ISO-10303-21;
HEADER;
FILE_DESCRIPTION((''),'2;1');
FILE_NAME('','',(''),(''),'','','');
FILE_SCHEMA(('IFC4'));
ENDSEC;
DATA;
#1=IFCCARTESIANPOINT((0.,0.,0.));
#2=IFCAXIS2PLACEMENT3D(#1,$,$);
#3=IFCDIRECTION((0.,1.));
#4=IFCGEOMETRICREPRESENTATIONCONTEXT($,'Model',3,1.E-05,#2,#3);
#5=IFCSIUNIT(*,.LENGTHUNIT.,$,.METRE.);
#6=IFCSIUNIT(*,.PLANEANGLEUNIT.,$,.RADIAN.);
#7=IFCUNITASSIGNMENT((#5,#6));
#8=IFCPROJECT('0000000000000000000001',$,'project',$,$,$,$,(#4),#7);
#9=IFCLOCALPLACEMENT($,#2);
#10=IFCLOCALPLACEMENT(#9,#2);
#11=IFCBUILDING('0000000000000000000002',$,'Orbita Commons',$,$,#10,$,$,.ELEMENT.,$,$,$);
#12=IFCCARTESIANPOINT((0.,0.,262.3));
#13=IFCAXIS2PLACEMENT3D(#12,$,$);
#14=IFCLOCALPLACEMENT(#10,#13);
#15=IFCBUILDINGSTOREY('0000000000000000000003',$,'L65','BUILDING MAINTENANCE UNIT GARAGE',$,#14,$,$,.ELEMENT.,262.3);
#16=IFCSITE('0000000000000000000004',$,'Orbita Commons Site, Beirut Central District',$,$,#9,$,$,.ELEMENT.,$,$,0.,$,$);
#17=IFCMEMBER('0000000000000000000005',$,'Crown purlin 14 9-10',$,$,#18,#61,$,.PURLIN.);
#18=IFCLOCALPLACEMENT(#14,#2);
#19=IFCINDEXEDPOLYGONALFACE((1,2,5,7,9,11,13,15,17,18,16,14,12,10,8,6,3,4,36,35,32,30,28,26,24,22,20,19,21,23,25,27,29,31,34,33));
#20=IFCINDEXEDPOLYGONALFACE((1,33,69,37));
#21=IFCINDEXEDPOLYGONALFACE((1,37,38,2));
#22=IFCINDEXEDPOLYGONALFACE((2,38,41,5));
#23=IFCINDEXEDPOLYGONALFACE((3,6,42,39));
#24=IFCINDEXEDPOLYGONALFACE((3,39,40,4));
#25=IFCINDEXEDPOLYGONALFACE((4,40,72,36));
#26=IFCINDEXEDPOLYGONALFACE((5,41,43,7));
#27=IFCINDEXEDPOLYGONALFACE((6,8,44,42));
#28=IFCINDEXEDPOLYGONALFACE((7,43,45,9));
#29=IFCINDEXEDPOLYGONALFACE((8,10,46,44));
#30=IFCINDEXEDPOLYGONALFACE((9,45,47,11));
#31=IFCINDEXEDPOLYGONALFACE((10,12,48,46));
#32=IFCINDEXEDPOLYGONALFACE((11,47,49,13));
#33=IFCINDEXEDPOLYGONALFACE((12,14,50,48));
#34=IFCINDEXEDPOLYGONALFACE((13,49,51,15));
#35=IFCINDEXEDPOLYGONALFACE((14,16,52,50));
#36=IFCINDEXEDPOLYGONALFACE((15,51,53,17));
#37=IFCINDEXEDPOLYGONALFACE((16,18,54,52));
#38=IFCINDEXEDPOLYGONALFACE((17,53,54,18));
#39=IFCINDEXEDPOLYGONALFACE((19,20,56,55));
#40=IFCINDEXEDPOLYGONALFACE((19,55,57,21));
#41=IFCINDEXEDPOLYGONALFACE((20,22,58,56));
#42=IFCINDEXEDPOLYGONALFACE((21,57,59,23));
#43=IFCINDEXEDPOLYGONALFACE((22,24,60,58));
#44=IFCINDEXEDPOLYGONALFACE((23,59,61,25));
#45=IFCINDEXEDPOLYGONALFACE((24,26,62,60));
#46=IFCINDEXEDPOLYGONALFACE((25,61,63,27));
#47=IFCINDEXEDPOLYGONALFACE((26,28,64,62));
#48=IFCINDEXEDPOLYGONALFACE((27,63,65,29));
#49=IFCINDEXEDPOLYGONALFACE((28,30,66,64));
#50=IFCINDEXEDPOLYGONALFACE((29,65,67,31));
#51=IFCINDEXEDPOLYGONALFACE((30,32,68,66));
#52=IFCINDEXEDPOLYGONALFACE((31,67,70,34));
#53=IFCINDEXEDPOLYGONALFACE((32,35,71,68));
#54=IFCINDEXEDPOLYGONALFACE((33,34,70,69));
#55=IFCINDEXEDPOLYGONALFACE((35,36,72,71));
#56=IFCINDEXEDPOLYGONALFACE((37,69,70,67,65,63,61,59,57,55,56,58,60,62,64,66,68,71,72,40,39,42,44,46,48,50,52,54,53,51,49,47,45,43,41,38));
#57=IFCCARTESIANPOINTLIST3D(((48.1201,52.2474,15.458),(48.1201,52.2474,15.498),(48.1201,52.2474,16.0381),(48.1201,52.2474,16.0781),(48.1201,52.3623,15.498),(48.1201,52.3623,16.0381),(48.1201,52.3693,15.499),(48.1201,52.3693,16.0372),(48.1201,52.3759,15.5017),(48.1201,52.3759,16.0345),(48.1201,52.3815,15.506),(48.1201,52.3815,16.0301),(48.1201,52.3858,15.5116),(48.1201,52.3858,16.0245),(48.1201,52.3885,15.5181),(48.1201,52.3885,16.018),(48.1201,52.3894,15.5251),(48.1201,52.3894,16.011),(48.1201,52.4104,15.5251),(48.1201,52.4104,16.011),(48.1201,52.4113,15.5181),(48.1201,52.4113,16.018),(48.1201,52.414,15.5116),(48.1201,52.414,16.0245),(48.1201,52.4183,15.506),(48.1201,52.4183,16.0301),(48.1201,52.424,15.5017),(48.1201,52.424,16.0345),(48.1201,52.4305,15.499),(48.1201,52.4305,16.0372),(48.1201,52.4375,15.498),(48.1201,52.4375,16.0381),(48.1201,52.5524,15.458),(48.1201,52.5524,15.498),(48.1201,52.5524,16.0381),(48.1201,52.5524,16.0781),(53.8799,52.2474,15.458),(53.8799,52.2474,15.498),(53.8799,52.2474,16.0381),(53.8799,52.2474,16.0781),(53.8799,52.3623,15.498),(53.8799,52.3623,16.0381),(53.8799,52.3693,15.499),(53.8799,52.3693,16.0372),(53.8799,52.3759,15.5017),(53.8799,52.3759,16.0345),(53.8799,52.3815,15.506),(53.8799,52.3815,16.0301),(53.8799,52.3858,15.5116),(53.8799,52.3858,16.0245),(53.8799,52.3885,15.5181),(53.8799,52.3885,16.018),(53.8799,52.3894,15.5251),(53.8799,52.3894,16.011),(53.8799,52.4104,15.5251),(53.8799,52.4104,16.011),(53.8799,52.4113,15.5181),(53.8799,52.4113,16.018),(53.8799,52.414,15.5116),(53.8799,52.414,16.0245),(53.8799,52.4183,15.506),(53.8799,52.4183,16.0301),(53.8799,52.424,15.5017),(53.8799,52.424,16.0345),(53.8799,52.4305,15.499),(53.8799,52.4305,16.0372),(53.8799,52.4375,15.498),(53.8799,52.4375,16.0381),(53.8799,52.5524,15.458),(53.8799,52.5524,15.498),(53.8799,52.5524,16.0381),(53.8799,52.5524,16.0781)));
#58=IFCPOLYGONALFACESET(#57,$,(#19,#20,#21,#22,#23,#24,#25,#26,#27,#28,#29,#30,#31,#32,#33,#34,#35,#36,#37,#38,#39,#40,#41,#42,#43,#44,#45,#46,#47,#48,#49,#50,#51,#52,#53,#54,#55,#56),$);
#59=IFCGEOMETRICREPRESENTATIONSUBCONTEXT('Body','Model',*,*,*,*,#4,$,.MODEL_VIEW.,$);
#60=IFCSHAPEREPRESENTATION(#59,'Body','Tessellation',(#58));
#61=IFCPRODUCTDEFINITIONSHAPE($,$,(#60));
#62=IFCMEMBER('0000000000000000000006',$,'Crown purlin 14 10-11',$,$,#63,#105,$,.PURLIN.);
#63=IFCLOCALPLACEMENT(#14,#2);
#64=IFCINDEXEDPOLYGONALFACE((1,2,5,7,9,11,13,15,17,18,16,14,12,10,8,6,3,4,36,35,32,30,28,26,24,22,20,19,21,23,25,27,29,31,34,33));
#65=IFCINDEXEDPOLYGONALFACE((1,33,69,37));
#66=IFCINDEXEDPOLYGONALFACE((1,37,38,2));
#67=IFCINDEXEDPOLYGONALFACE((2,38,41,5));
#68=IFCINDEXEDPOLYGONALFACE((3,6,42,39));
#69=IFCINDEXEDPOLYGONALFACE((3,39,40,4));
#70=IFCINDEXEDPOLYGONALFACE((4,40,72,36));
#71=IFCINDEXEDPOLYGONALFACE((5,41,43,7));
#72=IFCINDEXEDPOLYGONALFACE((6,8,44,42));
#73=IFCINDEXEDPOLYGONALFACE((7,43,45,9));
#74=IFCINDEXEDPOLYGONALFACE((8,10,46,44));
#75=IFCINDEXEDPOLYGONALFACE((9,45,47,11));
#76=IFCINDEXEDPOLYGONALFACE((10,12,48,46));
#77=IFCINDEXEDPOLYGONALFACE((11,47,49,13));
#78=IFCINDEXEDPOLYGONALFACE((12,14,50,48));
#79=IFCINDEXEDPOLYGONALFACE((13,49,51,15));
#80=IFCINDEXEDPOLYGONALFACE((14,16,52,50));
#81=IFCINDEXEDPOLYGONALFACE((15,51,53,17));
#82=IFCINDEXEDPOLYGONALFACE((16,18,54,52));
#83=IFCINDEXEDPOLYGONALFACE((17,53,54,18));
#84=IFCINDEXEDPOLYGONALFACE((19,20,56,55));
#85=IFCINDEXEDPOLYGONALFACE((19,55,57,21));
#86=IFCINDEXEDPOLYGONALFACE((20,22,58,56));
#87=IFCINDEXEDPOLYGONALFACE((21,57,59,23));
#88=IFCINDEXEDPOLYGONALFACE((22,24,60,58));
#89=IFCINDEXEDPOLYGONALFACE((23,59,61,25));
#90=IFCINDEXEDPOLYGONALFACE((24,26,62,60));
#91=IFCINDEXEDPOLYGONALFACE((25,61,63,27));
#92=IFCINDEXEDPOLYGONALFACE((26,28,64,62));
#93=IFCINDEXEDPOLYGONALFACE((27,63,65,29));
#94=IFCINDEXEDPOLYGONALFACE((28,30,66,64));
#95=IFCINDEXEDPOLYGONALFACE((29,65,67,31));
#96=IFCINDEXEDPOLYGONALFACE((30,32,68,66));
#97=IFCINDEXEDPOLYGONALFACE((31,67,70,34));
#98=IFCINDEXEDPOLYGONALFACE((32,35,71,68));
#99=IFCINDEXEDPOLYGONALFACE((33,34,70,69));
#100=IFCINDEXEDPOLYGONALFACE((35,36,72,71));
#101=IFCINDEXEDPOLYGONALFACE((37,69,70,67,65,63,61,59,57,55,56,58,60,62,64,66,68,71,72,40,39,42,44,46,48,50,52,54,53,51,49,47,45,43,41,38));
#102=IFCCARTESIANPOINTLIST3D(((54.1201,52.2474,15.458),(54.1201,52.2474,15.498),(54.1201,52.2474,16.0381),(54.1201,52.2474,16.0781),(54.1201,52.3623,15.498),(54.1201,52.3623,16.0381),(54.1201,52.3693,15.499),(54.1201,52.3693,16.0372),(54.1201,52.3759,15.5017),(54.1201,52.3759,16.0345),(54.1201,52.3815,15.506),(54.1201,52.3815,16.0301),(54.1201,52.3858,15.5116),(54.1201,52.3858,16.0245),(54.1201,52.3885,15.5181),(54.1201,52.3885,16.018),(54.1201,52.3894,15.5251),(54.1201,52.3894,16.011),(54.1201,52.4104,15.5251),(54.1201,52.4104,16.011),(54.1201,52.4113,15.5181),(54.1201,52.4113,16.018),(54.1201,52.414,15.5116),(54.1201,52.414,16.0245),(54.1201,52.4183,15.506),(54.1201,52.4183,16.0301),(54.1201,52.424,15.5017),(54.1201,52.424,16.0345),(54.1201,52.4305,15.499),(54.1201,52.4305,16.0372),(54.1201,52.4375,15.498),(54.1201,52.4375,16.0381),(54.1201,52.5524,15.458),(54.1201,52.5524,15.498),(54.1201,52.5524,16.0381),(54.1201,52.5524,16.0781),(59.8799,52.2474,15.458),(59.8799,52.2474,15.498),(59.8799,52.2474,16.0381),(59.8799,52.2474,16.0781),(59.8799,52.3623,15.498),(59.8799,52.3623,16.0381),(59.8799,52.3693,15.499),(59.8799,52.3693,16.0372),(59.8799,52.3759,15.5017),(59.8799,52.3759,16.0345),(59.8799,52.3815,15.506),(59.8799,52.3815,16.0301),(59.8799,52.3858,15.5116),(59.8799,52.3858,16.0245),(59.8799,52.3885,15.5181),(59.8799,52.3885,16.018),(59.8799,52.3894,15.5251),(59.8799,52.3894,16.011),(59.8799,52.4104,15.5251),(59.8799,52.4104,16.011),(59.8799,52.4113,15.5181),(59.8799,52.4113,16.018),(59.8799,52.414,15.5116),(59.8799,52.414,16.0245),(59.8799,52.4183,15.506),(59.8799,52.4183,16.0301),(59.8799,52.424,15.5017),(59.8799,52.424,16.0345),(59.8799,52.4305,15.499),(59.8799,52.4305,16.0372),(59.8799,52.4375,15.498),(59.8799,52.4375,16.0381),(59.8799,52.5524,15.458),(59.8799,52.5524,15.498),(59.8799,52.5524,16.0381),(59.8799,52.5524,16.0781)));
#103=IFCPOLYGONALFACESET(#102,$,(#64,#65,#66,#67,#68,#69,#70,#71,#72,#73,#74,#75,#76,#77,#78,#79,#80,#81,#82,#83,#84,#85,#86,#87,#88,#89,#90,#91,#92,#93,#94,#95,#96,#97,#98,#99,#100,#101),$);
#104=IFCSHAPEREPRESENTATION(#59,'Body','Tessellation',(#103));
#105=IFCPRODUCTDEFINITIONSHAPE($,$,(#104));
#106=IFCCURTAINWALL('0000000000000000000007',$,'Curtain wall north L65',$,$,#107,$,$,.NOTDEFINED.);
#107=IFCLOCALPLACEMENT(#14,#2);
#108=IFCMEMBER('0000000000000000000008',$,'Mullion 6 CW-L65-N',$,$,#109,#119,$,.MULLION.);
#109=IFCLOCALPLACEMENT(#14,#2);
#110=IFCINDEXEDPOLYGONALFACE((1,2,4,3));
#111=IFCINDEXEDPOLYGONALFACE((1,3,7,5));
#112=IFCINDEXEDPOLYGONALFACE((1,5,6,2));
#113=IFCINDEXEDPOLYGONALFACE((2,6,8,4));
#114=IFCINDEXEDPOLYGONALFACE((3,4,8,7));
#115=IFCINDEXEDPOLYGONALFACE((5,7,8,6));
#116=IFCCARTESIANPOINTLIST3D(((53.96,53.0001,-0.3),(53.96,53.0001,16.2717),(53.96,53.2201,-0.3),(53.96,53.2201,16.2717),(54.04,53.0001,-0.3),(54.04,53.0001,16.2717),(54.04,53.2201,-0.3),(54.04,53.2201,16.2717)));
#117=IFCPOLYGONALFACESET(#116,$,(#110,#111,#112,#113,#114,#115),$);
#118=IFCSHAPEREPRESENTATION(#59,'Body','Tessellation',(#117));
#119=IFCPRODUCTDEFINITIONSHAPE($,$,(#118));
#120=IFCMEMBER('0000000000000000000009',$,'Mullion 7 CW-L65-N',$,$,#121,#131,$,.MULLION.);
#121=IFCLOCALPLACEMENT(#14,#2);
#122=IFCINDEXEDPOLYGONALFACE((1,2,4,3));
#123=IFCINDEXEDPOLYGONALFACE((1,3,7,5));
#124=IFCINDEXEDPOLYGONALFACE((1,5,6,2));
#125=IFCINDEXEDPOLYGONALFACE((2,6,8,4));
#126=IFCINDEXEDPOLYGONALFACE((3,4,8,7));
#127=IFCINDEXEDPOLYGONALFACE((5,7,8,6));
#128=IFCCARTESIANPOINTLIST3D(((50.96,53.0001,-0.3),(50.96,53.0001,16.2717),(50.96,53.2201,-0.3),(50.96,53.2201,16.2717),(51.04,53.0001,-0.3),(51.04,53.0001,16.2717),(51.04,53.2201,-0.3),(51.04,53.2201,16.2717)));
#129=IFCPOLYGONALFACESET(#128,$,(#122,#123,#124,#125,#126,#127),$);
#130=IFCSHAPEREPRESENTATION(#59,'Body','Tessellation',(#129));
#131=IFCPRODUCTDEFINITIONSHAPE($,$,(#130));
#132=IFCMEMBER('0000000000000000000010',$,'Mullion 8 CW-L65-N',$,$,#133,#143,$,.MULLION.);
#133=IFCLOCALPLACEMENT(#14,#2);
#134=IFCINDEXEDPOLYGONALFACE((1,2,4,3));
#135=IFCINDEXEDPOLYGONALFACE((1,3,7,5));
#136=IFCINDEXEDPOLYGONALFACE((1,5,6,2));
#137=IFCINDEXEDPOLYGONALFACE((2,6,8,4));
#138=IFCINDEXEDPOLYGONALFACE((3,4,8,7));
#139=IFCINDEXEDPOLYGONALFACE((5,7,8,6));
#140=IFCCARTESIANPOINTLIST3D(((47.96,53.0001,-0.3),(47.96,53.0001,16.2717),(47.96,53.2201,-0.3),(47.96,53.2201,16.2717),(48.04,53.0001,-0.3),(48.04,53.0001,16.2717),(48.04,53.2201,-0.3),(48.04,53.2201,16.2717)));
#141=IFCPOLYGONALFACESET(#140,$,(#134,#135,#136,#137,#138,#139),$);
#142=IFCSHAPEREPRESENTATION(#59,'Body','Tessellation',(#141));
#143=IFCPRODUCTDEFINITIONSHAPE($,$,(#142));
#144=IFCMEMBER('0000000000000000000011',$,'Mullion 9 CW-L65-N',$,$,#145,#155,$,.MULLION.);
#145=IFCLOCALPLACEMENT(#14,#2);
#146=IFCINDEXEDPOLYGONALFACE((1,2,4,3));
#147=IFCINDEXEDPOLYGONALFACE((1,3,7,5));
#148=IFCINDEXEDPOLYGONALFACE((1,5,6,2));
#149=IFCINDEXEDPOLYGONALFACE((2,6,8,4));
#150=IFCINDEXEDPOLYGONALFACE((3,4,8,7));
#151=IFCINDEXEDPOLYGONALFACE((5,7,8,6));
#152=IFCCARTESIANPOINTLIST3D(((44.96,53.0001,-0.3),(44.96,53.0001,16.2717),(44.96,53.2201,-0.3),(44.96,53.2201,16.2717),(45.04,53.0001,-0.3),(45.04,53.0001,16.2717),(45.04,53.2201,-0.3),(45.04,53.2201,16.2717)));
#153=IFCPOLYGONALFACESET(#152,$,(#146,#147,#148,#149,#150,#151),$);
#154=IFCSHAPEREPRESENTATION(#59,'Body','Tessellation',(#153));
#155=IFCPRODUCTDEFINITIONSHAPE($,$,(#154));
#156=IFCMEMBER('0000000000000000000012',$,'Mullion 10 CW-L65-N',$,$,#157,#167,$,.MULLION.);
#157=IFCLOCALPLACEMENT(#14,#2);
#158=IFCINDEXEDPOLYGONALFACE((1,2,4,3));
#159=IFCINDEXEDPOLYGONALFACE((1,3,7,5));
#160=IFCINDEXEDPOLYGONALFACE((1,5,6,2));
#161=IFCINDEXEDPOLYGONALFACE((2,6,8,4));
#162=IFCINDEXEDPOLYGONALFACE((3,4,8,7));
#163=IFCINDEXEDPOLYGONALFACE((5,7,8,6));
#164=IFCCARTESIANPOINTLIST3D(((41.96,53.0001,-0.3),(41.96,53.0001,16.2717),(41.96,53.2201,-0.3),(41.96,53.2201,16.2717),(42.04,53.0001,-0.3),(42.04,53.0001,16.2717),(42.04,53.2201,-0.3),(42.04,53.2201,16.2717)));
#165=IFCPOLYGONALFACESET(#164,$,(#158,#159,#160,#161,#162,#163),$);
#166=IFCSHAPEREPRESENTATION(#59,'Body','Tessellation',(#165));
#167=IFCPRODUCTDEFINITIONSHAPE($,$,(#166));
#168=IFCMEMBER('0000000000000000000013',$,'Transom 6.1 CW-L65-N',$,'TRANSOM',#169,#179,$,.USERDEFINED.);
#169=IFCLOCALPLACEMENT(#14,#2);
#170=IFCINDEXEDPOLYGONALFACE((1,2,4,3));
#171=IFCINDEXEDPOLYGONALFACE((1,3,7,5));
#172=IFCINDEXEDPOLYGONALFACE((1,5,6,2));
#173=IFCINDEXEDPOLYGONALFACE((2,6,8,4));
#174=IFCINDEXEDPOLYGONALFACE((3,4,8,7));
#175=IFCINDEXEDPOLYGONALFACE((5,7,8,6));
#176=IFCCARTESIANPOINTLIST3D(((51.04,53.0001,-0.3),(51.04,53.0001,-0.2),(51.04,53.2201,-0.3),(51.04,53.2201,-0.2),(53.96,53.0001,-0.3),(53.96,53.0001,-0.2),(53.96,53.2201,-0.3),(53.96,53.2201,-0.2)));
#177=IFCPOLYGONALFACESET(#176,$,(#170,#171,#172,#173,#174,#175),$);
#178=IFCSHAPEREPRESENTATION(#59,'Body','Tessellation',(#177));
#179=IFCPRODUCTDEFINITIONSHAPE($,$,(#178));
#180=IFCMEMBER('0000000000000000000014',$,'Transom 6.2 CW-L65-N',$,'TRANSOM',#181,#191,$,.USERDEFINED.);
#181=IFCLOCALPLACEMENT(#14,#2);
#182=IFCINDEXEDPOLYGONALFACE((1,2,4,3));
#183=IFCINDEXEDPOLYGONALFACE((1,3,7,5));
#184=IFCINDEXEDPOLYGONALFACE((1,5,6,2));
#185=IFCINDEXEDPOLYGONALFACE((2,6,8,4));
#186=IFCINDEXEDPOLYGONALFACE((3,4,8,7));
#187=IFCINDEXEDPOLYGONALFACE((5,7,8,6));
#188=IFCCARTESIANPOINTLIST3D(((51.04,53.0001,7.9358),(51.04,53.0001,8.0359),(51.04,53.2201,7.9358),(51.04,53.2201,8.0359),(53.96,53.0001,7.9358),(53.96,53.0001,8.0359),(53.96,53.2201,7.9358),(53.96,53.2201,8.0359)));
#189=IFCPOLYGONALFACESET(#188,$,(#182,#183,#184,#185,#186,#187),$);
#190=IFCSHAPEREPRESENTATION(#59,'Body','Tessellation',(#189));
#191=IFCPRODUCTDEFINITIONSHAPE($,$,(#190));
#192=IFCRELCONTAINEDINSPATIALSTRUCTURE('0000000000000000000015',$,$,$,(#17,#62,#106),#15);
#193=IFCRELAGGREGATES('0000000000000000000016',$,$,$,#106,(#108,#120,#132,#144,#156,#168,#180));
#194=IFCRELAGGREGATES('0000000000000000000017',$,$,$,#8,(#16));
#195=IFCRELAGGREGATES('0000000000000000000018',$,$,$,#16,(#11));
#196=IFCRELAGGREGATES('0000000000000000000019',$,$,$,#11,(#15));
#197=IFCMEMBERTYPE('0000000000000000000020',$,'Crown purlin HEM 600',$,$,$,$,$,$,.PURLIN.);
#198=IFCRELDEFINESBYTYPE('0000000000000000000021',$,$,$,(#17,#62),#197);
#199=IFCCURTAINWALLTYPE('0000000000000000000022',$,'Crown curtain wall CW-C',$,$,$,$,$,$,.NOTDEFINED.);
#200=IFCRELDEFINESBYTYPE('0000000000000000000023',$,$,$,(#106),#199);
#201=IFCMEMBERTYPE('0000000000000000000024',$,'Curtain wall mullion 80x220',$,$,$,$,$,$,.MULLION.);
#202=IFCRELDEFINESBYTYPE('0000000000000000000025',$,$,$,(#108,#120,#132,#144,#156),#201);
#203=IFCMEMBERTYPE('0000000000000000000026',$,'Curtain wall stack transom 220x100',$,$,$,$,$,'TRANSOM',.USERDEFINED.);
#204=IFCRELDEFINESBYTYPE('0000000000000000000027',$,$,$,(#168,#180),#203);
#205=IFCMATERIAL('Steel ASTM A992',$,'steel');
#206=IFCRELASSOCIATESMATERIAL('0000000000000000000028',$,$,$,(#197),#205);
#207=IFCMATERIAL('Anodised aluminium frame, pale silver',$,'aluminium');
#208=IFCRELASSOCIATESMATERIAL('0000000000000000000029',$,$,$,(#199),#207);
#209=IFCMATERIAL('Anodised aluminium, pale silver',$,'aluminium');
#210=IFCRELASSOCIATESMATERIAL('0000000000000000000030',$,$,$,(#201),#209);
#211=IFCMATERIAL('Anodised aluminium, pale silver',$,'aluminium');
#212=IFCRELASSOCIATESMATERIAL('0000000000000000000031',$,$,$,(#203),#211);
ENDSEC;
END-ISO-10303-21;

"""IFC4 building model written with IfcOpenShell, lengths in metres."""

from ifc_helpers import new_model, si_unit, direction, frame, origin, origin_2d, place, context, subcontext, project, spatial, rectangle, i_section, extrude, material, material_profile, profile_set, type_object, element, aggregate, save


model = new_model("IFC4")

# Units and contexts
model_context = context("Model", 3, precision=1e-05, world=origin(), true_north=direction((0.0, 1.0)))
body_context = subcontext(model_context, "Body", "Model", "MODEL_VIEW")
ifc_project = project(units=[si_unit("LENGTHUNIT", "METRE"), si_unit("PLANEANGLEUNIT", "RADIAN")], contexts=[model_context])

# Site, building, storey
site_placement = place(None, origin())
site = spatial("IfcSite", under=ifc_project, at=site_placement, Name="Orbita Commons Site, Beirut Central District", CompositionType="ELEMENT", RefElevation=0.0)
building_placement = place(site_placement, origin())
building = spatial("IfcBuilding", under=site, at=building_placement, Name="Orbita Commons", CompositionType="ELEMENT")
storey_placement = place(building_placement, frame((0.0, 0.0, 262.3)))
storey = spatial("IfcBuildingStorey", under=building, at=storey_placement, Name="L65", Description="BUILDING MAINTENANCE UNIT GARAGE", CompositionType="ELEMENT", Elevation=262.3)

# Members
ifc_material_1 = material(Name="Steel ASTM A992", Category="steel")
ifc_material_profile_1 = material_profile(ifc_material_1, i_section(OverallWidth=0.3049, OverallDepth=0.6201, WebThickness=0.021, FlangeThickness=0.04, FilletRadius=0.0271, at=origin_2d()), Name="HEM 600")
ifc_profile_set_1 = profile_set([ifc_material_profile_1], Name="Steel ASTM A992")
member_type_1 = type_object("IfcMemberType", Name="Crown purlin HEM 600", PredefinedType="PURLIN", material=ifc_profile_set_1)
for number, where, z_axis, x_axis, name in (
    (1, (48.1201, 52.3999, 15.7681), (1.0, 0.0, 0.0), (0.0, 1.0, 0.0), "Crown purlin 14 9-10"),
    (2, (54.1201, 52.3999, 15.7681), (1.0, 0.0, 0.0), (0.0, 1.0, 0.0), "Crown purlin 14 10-11"),
):
    element("IfcMember", number, at=place(storey_placement, frame(where, z_axis=z_axis, x_axis=x_axis)), inside=storey, type_object=member_type_1, Name=name, PredefinedType="PURLIN", context=body_context, shape_type="SweptSolid", body=[
        extrude(i_section(OverallWidth=0.3049, OverallDepth=0.6201, WebThickness=0.021, FlangeThickness=0.04, FilletRadius=0.0271, at=origin_2d()), origin(), (0.0, 0.0, 1.0), 5.7598),
    ])

# Curtain wall, members
ifc_material_2 = material(Name="Anodised aluminium frame, pale silver", Category="aluminium")
curtain_wall_type = type_object("IfcCurtainWallType", Name="Crown curtain wall CW-C", PredefinedType="NOTDEFINED", material=ifc_material_2)
curtain_wall_placement = place(storey_placement, origin())
curtain_wall = element("IfcCurtainWall", 3, at=curtain_wall_placement, inside=storey, type_object=curtain_wall_type, Name="Curtain wall north L65", PredefinedType="NOTDEFINED")
ifc_material_3 = material(Name="Anodised aluminium, pale silver", Category="aluminium")
ifc_material_profile_2 = material_profile(ifc_material_3, rectangle(XDim=0.0801, YDim=0.22, at=origin_2d()), Name="AL 80x220")
ifc_profile_set_2 = profile_set([ifc_material_profile_2], Name="Anodised aluminium, pale silver")
member_type_2 = type_object("IfcMemberType", Name="Curtain wall mullion 80x220", PredefinedType="MULLION", material=ifc_profile_set_2)
member_1_placement = place(storey_placement, frame((54.0, 53.1101, -0.3), z_axis=(0.0, 0.0, 1.0), x_axis=(-1.0, 0.0, 0.0)))
member_1 = element("IfcMember", 4, at=member_1_placement, type_object=member_type_2, Name="Mullion 6 CW-L65-N", PredefinedType="MULLION", context=body_context, shape_type="SweptSolid", body=[
    extrude(rectangle(XDim=0.0801, YDim=0.22, at=origin_2d()), origin(), (0.0, 0.0, 1.0), 16.5718),
])
member_2_placement = place(storey_placement, frame((51.0, 53.1101, -0.3), z_axis=(0.0, 0.0, 1.0), x_axis=(-1.0, 0.0, 0.0)))
member_2 = element("IfcMember", 5, at=member_2_placement, type_object=member_type_2, Name="Mullion 7 CW-L65-N", PredefinedType="MULLION", context=body_context, shape_type="SweptSolid", body=[
    extrude(rectangle(XDim=0.0801, YDim=0.22, at=origin_2d()), origin(), (0.0, 0.0, 1.0), 16.5718),
])
member_3_placement = place(storey_placement, frame((48.0, 53.1101, -0.3), z_axis=(0.0, 0.0, 1.0), x_axis=(-1.0, 0.0, 0.0)))
member_3 = element("IfcMember", 6, at=member_3_placement, type_object=member_type_2, Name="Mullion 8 CW-L65-N", PredefinedType="MULLION", context=body_context, shape_type="SweptSolid", body=[
    extrude(rectangle(XDim=0.0801, YDim=0.22, at=origin_2d()), origin(), (0.0, 0.0, 1.0), 16.5718),
])
member_4_placement = place(storey_placement, frame((45.0, 53.1101, -0.3), z_axis=(0.0, 0.0, 1.0), x_axis=(-1.0, 0.0, 0.0)))
member_4 = element("IfcMember", 7, at=member_4_placement, type_object=member_type_2, Name="Mullion 9 CW-L65-N", PredefinedType="MULLION", context=body_context, shape_type="SweptSolid", body=[
    extrude(rectangle(XDim=0.0801, YDim=0.22, at=origin_2d()), origin(), (0.0, 0.0, 1.0), 16.5718),
])
member_5_placement = place(storey_placement, frame((42.0, 53.1101, -0.3), z_axis=(0.0, 0.0, 1.0), x_axis=(-1.0, 0.0, 0.0)))
member_5 = element("IfcMember", 8, at=member_5_placement, type_object=member_type_2, Name="Mullion 10 CW-L65-N", PredefinedType="MULLION", context=body_context, shape_type="SweptSolid", body=[
    extrude(rectangle(XDim=0.0801, YDim=0.22, at=origin_2d()), origin(), (0.0, 0.0, 1.0), 16.5718),
])
ifc_material_4 = material(Name="Anodised aluminium, pale silver", Category="aluminium")
ifc_material_profile_3 = material_profile(ifc_material_4, rectangle(XDim=0.22, YDim=0.1001, at=origin_2d()), Name="AL 220x100")
ifc_profile_set_3 = profile_set([ifc_material_profile_3], Name="Anodised aluminium, pale silver")
member_type_3 = type_object("IfcMemberType", Name="Curtain wall stack transom 220x100", ElementType="TRANSOM", PredefinedType="USERDEFINED", material=ifc_profile_set_3)
member_6_placement = place(storey_placement, frame((53.96, 53.1101, -0.25), z_axis=(-1.0, 0.0, 0.0), x_axis=(0.0, -1.0, 0.0)))
member_6 = element("IfcMember", 9, at=member_6_placement, type_object=member_type_3, Name="Transom 6.1 CW-L65-N", ObjectType="TRANSOM", PredefinedType="USERDEFINED", context=body_context, shape_type="SweptSolid", body=[
    extrude(rectangle(XDim=0.22, YDim=0.1001, at=origin_2d()), origin(), (0.0, 0.0, 1.0), 2.9199),
])
member_7_placement = place(storey_placement, frame((53.96, 53.1101, 7.9858), z_axis=(-1.0, 0.0, 0.0), x_axis=(0.0, -1.0, 0.0)))
member_7 = element("IfcMember", 10, at=member_7_placement, type_object=member_type_3, Name="Transom 6.2 CW-L65-N", ObjectType="TRANSOM", PredefinedType="USERDEFINED", context=body_context, shape_type="SweptSolid", body=[
    extrude(rectangle(XDim=0.22, YDim=0.1001, at=origin_2d()), origin(), (0.0, 0.0, 1.0), 2.9199),
])
aggregate(curtain_wall, [member_1, member_2, member_3, member_4, member_5, member_6, member_7])

save(model, "model.ifc")
